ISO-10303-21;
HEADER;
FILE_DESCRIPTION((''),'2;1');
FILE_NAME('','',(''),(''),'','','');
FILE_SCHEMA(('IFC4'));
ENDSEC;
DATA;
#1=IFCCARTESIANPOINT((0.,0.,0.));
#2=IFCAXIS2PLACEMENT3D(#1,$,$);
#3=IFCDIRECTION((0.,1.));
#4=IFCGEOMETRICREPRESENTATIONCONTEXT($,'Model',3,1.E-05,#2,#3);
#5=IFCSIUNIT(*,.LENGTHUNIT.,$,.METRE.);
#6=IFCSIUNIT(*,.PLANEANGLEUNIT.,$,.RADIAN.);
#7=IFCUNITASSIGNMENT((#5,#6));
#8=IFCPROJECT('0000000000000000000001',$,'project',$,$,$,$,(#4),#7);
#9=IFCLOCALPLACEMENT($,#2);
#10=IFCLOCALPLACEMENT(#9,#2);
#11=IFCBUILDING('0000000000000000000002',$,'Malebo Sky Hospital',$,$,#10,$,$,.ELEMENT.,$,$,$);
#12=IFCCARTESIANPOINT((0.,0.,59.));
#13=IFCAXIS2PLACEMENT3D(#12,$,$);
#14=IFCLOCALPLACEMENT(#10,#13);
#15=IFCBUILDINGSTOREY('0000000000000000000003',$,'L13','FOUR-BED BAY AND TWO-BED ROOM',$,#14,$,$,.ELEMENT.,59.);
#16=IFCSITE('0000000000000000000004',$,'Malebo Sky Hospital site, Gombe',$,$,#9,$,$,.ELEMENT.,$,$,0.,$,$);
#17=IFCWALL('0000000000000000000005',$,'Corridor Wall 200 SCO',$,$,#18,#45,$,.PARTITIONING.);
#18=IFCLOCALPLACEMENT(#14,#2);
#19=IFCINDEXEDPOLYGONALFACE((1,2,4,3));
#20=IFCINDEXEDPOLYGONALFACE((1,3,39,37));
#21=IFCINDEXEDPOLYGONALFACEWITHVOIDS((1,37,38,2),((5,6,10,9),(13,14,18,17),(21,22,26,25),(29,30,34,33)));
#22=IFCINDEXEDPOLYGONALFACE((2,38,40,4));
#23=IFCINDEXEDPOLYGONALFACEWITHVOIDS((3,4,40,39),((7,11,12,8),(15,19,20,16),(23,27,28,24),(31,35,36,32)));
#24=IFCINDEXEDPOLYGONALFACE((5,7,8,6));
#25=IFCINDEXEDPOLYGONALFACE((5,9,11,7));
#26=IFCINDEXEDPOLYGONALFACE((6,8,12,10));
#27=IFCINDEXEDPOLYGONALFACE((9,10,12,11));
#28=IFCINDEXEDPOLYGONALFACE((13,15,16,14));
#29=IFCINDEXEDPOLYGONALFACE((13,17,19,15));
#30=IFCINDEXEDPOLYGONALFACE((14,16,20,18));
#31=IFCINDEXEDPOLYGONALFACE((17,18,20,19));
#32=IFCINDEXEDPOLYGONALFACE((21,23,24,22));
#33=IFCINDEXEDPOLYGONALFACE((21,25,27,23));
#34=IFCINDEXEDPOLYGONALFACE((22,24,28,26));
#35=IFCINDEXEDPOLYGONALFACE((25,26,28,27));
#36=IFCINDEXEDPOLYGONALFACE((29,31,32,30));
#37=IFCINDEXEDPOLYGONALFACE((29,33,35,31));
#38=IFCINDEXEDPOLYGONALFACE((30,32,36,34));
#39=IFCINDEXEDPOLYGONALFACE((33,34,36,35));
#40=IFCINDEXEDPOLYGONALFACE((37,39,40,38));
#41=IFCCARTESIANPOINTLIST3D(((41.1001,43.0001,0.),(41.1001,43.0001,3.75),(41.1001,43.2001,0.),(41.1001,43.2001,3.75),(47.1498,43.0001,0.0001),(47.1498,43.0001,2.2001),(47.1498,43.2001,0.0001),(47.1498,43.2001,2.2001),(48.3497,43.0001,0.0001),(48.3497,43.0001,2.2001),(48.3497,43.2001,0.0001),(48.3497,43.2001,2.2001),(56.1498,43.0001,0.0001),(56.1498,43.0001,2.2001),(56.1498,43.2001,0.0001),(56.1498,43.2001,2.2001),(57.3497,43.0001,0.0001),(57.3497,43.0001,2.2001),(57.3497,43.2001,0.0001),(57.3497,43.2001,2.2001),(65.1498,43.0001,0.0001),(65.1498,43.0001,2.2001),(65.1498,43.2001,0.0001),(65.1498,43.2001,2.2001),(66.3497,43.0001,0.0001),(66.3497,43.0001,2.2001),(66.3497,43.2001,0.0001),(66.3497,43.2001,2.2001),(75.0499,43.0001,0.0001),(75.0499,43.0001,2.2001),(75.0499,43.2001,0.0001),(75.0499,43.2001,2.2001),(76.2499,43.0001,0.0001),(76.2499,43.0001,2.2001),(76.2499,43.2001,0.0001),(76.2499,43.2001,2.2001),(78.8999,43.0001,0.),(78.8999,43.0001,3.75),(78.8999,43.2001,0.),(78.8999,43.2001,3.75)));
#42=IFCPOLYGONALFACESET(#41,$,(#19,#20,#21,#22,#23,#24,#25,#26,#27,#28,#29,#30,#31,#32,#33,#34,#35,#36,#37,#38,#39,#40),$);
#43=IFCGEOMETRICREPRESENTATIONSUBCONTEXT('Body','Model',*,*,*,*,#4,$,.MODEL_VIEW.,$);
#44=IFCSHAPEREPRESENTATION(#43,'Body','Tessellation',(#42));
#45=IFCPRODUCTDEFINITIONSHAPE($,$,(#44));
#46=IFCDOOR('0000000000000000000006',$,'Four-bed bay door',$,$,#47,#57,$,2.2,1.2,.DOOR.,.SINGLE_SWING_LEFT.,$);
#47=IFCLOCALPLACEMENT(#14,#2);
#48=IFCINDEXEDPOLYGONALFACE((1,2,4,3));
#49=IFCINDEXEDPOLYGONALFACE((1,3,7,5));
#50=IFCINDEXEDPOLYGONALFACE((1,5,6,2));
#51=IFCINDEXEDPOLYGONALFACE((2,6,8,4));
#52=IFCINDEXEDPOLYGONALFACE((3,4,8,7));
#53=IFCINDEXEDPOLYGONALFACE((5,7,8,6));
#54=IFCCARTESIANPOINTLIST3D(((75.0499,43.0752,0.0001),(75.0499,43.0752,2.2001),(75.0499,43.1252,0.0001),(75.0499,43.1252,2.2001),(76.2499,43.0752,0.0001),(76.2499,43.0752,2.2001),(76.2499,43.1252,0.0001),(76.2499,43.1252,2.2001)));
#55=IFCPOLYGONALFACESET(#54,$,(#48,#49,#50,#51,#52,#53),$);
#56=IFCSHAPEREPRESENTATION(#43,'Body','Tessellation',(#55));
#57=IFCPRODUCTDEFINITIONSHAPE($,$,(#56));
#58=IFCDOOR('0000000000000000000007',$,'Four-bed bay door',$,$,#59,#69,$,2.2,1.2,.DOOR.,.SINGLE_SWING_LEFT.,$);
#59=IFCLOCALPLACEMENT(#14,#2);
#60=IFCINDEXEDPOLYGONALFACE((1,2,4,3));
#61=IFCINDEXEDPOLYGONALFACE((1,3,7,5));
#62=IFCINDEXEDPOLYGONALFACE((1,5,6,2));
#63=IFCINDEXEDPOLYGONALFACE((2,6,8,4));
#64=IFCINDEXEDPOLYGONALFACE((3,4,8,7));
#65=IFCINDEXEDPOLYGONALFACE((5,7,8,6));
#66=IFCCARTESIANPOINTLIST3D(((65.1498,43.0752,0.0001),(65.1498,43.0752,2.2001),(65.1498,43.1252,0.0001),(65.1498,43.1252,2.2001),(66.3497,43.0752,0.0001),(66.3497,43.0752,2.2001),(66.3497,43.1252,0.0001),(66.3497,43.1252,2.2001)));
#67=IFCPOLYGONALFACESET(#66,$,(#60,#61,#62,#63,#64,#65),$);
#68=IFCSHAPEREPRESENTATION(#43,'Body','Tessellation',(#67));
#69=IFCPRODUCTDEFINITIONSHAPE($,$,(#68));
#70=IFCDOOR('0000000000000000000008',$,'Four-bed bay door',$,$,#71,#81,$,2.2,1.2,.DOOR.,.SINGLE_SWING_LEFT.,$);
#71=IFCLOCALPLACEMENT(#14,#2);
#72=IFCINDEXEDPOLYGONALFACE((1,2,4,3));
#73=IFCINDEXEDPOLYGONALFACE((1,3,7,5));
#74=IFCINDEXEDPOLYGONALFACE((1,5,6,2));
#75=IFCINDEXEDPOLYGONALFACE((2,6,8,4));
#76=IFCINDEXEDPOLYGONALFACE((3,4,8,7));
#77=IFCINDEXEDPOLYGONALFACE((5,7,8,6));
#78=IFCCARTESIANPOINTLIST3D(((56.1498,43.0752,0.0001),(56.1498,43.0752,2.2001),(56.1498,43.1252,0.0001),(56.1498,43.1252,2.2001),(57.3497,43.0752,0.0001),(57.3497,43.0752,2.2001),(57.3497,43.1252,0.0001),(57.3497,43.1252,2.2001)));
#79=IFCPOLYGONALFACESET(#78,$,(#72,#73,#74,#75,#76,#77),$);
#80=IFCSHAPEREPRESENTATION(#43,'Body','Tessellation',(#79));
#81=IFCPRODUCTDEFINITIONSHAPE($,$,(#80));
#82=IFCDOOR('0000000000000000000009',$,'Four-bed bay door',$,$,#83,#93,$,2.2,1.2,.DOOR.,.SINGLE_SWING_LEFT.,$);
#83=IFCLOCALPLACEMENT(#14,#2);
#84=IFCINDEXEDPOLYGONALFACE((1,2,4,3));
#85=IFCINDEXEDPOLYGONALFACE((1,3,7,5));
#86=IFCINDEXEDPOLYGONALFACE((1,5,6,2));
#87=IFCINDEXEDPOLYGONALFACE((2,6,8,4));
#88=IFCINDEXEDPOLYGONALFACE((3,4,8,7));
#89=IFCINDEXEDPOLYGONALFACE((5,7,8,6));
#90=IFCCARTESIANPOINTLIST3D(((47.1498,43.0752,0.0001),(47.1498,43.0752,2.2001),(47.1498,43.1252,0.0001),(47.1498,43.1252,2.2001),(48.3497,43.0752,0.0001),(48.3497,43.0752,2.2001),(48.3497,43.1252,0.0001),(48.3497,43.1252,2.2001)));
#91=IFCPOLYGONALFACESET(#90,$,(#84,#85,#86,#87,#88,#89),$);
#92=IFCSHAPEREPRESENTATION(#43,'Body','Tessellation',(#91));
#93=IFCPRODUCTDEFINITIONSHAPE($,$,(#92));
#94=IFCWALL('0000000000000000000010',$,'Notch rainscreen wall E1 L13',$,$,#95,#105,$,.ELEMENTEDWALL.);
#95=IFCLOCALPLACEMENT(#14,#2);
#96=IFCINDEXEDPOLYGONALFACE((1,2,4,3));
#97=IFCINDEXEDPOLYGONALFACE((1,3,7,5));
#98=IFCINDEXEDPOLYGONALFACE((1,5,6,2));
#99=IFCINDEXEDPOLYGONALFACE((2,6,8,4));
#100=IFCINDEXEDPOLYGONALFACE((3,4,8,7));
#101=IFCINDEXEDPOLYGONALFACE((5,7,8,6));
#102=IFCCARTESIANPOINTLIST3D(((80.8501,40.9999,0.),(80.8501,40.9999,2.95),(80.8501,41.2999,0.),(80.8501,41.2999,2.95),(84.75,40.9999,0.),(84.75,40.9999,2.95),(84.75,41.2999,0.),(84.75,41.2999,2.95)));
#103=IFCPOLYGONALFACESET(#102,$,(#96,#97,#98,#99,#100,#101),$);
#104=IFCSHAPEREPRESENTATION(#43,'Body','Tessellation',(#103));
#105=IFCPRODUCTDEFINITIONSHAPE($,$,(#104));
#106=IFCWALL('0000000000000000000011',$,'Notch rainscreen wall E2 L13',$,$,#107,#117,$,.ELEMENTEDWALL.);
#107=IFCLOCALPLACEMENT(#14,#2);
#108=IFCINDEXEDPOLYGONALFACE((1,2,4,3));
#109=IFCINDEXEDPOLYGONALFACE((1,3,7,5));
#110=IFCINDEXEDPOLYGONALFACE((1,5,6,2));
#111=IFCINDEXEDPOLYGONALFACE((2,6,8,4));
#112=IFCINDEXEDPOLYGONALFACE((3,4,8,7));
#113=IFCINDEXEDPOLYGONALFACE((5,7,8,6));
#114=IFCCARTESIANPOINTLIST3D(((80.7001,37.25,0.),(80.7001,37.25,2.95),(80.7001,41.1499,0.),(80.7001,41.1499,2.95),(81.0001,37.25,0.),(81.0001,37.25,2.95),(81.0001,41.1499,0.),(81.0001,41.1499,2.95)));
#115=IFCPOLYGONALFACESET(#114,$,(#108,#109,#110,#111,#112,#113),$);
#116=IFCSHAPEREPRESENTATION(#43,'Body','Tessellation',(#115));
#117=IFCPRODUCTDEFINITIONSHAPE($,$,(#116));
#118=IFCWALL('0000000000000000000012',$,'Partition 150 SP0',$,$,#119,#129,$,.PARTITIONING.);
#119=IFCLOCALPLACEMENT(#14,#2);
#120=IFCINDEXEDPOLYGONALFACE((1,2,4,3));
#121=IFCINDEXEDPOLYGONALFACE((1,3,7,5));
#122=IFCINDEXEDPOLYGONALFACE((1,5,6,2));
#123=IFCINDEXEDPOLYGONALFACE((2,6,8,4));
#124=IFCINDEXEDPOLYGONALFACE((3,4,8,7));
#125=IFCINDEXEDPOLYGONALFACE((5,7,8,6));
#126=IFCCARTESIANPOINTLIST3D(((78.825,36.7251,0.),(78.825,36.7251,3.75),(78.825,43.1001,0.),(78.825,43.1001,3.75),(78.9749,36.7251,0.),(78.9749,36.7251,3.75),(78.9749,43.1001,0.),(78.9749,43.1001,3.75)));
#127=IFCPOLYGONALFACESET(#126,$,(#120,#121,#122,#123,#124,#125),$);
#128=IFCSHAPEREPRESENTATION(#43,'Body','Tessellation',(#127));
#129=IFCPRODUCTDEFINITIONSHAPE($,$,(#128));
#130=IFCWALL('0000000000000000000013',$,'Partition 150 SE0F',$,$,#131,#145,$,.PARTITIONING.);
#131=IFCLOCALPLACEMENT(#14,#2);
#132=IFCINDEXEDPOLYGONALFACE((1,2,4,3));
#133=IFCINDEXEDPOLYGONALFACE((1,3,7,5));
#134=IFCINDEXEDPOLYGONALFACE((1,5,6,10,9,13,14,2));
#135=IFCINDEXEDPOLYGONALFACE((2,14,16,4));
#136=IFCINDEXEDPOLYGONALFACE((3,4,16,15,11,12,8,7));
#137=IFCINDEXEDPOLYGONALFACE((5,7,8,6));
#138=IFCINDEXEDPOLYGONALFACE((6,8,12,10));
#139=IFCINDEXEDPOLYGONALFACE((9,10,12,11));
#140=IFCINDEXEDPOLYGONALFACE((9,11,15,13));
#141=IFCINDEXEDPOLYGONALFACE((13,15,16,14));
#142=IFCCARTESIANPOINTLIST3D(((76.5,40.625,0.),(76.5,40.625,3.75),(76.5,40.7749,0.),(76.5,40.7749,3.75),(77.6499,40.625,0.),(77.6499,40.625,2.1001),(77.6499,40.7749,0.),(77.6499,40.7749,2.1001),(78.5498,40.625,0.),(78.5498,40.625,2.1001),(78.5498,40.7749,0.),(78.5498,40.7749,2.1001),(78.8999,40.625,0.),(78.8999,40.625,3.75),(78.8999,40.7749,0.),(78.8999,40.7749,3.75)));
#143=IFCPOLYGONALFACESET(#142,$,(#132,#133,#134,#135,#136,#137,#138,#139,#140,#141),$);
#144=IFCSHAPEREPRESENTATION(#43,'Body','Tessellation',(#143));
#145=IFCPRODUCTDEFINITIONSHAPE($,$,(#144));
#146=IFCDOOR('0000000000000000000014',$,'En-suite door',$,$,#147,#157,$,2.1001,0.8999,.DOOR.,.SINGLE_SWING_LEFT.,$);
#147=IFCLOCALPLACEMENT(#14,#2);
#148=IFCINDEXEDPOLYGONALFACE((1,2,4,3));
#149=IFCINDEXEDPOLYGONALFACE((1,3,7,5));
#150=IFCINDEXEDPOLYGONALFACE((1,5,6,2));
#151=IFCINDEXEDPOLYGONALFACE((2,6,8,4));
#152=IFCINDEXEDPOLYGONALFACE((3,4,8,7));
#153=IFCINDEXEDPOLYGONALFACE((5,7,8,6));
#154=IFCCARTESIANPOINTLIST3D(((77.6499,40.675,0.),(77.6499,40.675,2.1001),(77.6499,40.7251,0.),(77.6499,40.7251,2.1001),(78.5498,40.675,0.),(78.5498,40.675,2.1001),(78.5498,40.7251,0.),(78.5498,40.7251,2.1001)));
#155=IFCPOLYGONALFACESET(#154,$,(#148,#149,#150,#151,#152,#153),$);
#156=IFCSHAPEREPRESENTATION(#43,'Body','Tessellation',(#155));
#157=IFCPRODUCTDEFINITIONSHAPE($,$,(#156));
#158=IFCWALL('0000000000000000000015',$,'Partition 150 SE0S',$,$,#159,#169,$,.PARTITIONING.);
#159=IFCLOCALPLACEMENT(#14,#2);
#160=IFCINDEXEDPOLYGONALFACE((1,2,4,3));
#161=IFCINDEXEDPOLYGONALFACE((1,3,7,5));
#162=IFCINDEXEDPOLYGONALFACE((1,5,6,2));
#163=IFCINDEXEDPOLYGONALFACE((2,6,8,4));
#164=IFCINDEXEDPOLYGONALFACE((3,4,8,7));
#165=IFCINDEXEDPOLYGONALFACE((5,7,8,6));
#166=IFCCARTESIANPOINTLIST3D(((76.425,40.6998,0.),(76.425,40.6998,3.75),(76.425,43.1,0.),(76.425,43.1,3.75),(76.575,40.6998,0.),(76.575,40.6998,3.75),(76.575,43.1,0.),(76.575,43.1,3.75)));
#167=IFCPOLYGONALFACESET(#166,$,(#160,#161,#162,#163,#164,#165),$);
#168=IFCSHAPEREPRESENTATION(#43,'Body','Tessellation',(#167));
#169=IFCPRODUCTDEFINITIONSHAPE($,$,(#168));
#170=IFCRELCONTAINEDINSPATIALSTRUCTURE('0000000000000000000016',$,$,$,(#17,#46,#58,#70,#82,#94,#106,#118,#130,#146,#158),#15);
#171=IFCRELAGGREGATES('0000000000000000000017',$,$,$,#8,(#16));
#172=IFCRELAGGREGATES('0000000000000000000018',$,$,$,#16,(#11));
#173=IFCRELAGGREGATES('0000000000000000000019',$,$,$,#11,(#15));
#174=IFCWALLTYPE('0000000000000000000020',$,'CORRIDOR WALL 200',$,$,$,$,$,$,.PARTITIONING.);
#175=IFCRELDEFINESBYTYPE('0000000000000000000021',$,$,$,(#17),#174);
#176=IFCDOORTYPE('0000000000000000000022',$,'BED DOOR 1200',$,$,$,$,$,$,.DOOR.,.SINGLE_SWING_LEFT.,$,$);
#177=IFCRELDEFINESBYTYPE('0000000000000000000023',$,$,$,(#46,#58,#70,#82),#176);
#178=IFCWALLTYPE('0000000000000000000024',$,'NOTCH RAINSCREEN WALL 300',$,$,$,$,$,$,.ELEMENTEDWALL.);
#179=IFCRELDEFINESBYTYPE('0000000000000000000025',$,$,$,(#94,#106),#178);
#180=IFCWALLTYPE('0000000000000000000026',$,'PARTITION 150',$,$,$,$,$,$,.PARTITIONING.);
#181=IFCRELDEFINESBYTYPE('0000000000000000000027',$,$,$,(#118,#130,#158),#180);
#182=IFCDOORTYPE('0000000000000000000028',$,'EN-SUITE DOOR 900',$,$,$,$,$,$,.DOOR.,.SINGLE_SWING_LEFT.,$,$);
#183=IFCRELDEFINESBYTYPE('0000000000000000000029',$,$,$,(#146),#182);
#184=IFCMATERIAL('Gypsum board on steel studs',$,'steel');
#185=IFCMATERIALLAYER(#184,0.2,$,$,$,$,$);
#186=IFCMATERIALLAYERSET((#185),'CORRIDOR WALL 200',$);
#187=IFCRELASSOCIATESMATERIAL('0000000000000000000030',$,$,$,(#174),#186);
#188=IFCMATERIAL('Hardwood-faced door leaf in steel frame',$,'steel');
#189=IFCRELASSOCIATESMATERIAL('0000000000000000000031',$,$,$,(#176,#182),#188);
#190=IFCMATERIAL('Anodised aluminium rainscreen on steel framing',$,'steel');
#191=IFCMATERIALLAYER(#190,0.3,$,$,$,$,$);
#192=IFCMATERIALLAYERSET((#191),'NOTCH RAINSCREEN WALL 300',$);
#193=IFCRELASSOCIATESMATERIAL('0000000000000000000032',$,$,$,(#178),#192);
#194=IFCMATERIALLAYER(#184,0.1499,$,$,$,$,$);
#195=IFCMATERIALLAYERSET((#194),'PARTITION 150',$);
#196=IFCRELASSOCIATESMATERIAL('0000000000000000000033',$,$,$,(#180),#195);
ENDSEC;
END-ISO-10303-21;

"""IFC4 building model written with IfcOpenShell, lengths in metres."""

from ifc_helpers import new_model, si_unit, direction, frame, frame_2d, origin, place, context, subcontext, project, spatial, rectangle, extrude, material, layer, layer_set, type_object, element, fill, save


model = new_model("IFC4")

# Units and contexts
model_context = context("Model", 3, precision=1e-05, world=origin(), true_north=direction((0.0, 1.0)))
body_context = subcontext(model_context, "Body", "Model", "MODEL_VIEW")
ifc_project = project(units=[si_unit("LENGTHUNIT", "METRE"), si_unit("PLANEANGLEUNIT", "RADIAN")], contexts=[model_context])

# Site, building, storey
site_placement = place(None, origin())
site = spatial("IfcSite", under=ifc_project, at=site_placement, Name="Malebo Sky Hospital site, Gombe", CompositionType="ELEMENT", RefElevation=0.0)
building_placement = place(site_placement, origin())
building = spatial("IfcBuilding", under=site, at=building_placement, Name="Malebo Sky Hospital", CompositionType="ELEMENT")
storey_placement = place(building_placement, frame((0.0, 0.0, 59.0)))
storey = spatial("IfcBuildingStorey", under=building, at=storey_placement, Name="L13", Description="FOUR-BED BAY AND TWO-BED ROOM", CompositionType="ELEMENT", Elevation=59.0)

# Wall, openings, doors
ifc_material_1 = material(Name="Gypsum board on steel studs", Category="steel")
ifc_layer_1 = layer(ifc_material_1, 0.2)
ifc_layer_set_1 = layer_set([ifc_layer_1], Name="CORRIDOR WALL 200")
wall_type_1 = type_object("IfcWallType", Name="CORRIDOR WALL 200", PredefinedType="PARTITIONING", material=ifc_layer_set_1)
wall_1_placement = place(storey_placement, frame((78.8999, 43.1001, 0.0), z_axis=(0.0, 0.0, 1.0), x_axis=(-1.0, 0.0, 0.0)))
wall_1 = element("IfcWall", 1, at=wall_1_placement, inside=storey, type_object=wall_type_1, Name="Corridor Wall 200 SCO", PredefinedType="PARTITIONING", context=body_context, shape_type="SweptSolid", body=[
    extrude(rectangle(XDim=37.7998, YDim=0.2, at=frame_2d((18.8999, 0.0))), origin(), (0.0, 0.0, 1.0), 3.75),
])
opening_1_placement = place(wall_1_placement, frame((2.6499, 0.0, 0.0)))
opening_1 = element("IfcOpeningElement", 2, at=opening_1_placement, cuts=wall_1, PredefinedType="OPENING", context=body_context, shape_type="SweptSolid", body=[
    extrude(rectangle(XDim=1.2, YDim=2.2, at=frame_2d((0.6001, 1.1001))), frame((0.0, 0.1099, 0.0), z_axis=(0.0, -1.0, 0.0), x_axis=(1.0, 0.0, 0.0)), (0.0, 0.0, 1.0), 0.22),
])
opening_2_placement = place(wall_1_placement, frame((12.55, 0.0, 0.0)))
opening_2 = element("IfcOpeningElement", 3, at=opening_2_placement, cuts=wall_1, PredefinedType="OPENING", context=body_context, shape_type="SweptSolid", body=[
    extrude(rectangle(XDim=1.2, YDim=2.2, at=frame_2d((0.6001, 1.1001))), frame((0.0, 0.1099, 0.0), z_axis=(0.0, -1.0, 0.0), x_axis=(1.0, 0.0, 0.0)), (0.0, 0.0, 1.0), 0.22),
])
opening_3_placement = place(wall_1_placement, frame((21.55, 0.0, 0.0)))
opening_3 = element("IfcOpeningElement", 4, at=opening_3_placement, cuts=wall_1, PredefinedType="OPENING", context=body_context, shape_type="SweptSolid", body=[
    extrude(rectangle(XDim=1.2, YDim=2.2, at=frame_2d((0.6001, 1.1001))), frame((0.0, 0.1099, 0.0), z_axis=(0.0, -1.0, 0.0), x_axis=(1.0, 0.0, 0.0)), (0.0, 0.0, 1.0), 0.22),
])
opening_4_placement = place(wall_1_placement, frame((30.55, 0.0, 0.0)))
opening_4 = element("IfcOpeningElement", 5, at=opening_4_placement, cuts=wall_1, PredefinedType="OPENING", context=body_context, shape_type="SweptSolid", body=[
    extrude(rectangle(XDim=1.2, YDim=2.2, at=frame_2d((0.6001, 1.1001))), frame((0.0, 0.1099, 0.0), z_axis=(0.0, -1.0, 0.0), x_axis=(1.0, 0.0, 0.0)), (0.0, 0.0, 1.0), 0.22),
])
ifc_material_2 = material(Name="Hardwood-faced door leaf in steel frame", Category="steel")
door_type_1 = type_object("IfcDoorType", Name="BED DOOR 1200", OperationType="SINGLE_SWING_LEFT", PredefinedType="DOOR", material=ifc_material_2)
door_1_placement = place(opening_1_placement, origin())
door_1 = element("IfcDoor", 6, at=door_1_placement, inside=storey, type_object=door_type_1, Name="Four-bed bay door", OperationType="SINGLE_SWING_LEFT", OverallHeight=2.2, OverallWidth=1.2, PredefinedType="DOOR", context=body_context, shape_type="SweptSolid", body=[
    extrude(rectangle(XDim=1.2, YDim=2.2, at=frame_2d((0.6001, 1.1001))), frame((0.0, 0.0249, 0.0), z_axis=(0.0, -1.0, 0.0), x_axis=(1.0, 0.0, 0.0)), (0.0, 0.0, 1.0), 0.05),
])
fill(opening_1, door_1)
door_2_placement = place(opening_2_placement, origin())
door_2 = element("IfcDoor", 7, at=door_2_placement, inside=storey, type_object=door_type_1, Name="Four-bed bay door", OperationType="SINGLE_SWING_LEFT", OverallHeight=2.2, OverallWidth=1.2, PredefinedType="DOOR", context=body_context, shape_type="SweptSolid", body=[
    extrude(rectangle(XDim=1.2, YDim=2.2, at=frame_2d((0.6001, 1.1001))), frame((0.0, 0.0249, 0.0), z_axis=(0.0, -1.0, 0.0), x_axis=(1.0, 0.0, 0.0)), (0.0, 0.0, 1.0), 0.05),
])
fill(opening_2, door_2)
door_3_placement = place(opening_3_placement, origin())
door_3 = element("IfcDoor", 8, at=door_3_placement, inside=storey, type_object=door_type_1, Name="Four-bed bay door", OperationType="SINGLE_SWING_LEFT", OverallHeight=2.2, OverallWidth=1.2, PredefinedType="DOOR", context=body_context, shape_type="SweptSolid", body=[
    extrude(rectangle(XDim=1.2, YDim=2.2, at=frame_2d((0.6001, 1.1001))), frame((0.0, 0.0249, 0.0), z_axis=(0.0, -1.0, 0.0), x_axis=(1.0, 0.0, 0.0)), (0.0, 0.0, 1.0), 0.05),
])
fill(opening_3, door_3)
door_4_placement = place(opening_4_placement, origin())
door_4 = element("IfcDoor", 9, at=door_4_placement, inside=storey, type_object=door_type_1, Name="Four-bed bay door", OperationType="SINGLE_SWING_LEFT", OverallHeight=2.2, OverallWidth=1.2, PredefinedType="DOOR", context=body_context, shape_type="SweptSolid", body=[
    extrude(rectangle(XDim=1.2, YDim=2.2, at=frame_2d((0.6001, 1.1001))), frame((0.0, 0.0249, 0.0), z_axis=(0.0, -1.0, 0.0), x_axis=(1.0, 0.0, 0.0)), (0.0, 0.0, 1.0), 0.05),
])
fill(opening_4, door_4)

# Walls
ifc_material_3 = material(Name="Anodised aluminium rainscreen on steel framing", Category="steel")
ifc_layer_2 = layer(ifc_material_3, 0.3)
ifc_layer_set_2 = layer_set([ifc_layer_2], Name="NOTCH RAINSCREEN WALL 300")
wall_type_2 = type_object("IfcWallType", Name="NOTCH RAINSCREEN WALL 300", PredefinedType="ELEMENTEDWALL", material=ifc_layer_set_2)
for number, where, z_axis, x_axis, name in (
    (10, (84.75, 41.1499, 0.0), (0.0, 0.0, 1.0), (-1.0, 0.0, 0.0), "Notch rainscreen wall E1 L13"),
    (11, (80.8501, 41.1499, 0.0), (0.0, 0.0, 1.0), (0.0, -1.0, 0.0), "Notch rainscreen wall E2 L13"),
):
    element("IfcWall", number, at=place(storey_placement, frame(where, z_axis=z_axis, x_axis=x_axis)), inside=storey, type_object=wall_type_2, Name=name, PredefinedType="ELEMENTEDWALL", context=body_context, shape_type="SweptSolid", body=[
        extrude(rectangle(XDim=3.8999, YDim=0.3, at=frame_2d((1.95, 0.0))), origin(), (0.0, 0.0, 1.0), 2.95),
    ])
ifc_layer_3 = layer(ifc_material_1, 0.1499)
ifc_layer_set_3 = layer_set([ifc_layer_3], Name="PARTITION 150")
wall_type_3 = type_object("IfcWallType", Name="PARTITION 150", PredefinedType="PARTITIONING", material=ifc_layer_set_3)
wall_2_placement = place(storey_placement, frame((78.8999, 43.1001, 0.0), z_axis=(0.0, 0.0, 1.0), x_axis=(0.0, -1.0, 0.0)))
element("IfcWall", 12, at=wall_2_placement, inside=storey, type_object=wall_type_3, Name="Partition 150 SP0", PredefinedType="PARTITIONING", context=body_context, shape_type="SweptSolid", body=[
    extrude(rectangle(XDim=6.375, YDim=0.1499, at=frame_2d((3.1875, 0.0))), origin(), (0.0, 0.0, 1.0), 3.75),
])

# Wall, opening, door
wall_3_placement = place(storey_placement, frame((78.8999, 40.7, 0.0), z_axis=(0.0, 0.0, 1.0), x_axis=(-1.0, 0.0, 0.0)))
wall_3 = element("IfcWall", 13, at=wall_3_placement, inside=storey, type_object=wall_type_3, Name="Partition 150 SE0F", PredefinedType="PARTITIONING", context=body_context, shape_type="SweptSolid", body=[
    extrude(rectangle(XDim=2.3999, YDim=0.1499, at=frame_2d((1.2, 0.0))), origin(), (0.0, 0.0, 1.0), 3.75),
])
opening_5_placement = place(wall_3_placement, frame((0.3501, 0.0, 0.0)))
opening_5 = element("IfcOpeningElement", 14, at=opening_5_placement, cuts=wall_3, PredefinedType="OPENING", context=body_context, shape_type="SweptSolid", body=[
    extrude(rectangle(XDim=0.8999, YDim=2.1001, at=frame_2d((0.45, 1.05))), frame((0.0, 0.085, 0.0), z_axis=(0.0, -1.0, 0.0), x_axis=(1.0, 0.0, 0.0)), (0.0, 0.0, 1.0), 0.1699),
])
door_type_2 = type_object("IfcDoorType", Name="EN-SUITE DOOR 900", OperationType="SINGLE_SWING_LEFT", PredefinedType="DOOR", material=ifc_material_2)
door_5_placement = place(opening_5_placement, origin())
door_5 = element("IfcDoor", 15, at=door_5_placement, inside=storey, type_object=door_type_2, Name="En-suite door", OperationType="SINGLE_SWING_LEFT", OverallHeight=2.1001, OverallWidth=0.8999, PredefinedType="DOOR", context=body_context, shape_type="SweptSolid", body=[
    extrude(rectangle(XDim=0.8999, YDim=2.1001, at=frame_2d((0.45, 1.05))), frame((0.0, 0.0249, 0.0), z_axis=(0.0, -1.0, 0.0), x_axis=(1.0, 0.0, 0.0)), (0.0, 0.0, 1.0), 0.05),
])
fill(opening_5, door_5)

# Wall
wall_4_placement = place(storey_placement, frame((76.5, 43.1001, 0.0), z_axis=(0.0, 0.0, 1.0), x_axis=(0.0, -1.0, 0.0)))
element("IfcWall", 16, at=wall_4_placement, inside=storey, type_object=wall_type_3, Name="Partition 150 SE0S", PredefinedType="PARTITIONING", context=body_context, shape_type="SweptSolid", body=[
    extrude(rectangle(XDim=2.4001, YDim=0.1499, at=frame_2d((1.2002, 0.0))), origin(), (0.0, 0.0, 1.0), 3.75),
])

save(model, "model.ifc")
